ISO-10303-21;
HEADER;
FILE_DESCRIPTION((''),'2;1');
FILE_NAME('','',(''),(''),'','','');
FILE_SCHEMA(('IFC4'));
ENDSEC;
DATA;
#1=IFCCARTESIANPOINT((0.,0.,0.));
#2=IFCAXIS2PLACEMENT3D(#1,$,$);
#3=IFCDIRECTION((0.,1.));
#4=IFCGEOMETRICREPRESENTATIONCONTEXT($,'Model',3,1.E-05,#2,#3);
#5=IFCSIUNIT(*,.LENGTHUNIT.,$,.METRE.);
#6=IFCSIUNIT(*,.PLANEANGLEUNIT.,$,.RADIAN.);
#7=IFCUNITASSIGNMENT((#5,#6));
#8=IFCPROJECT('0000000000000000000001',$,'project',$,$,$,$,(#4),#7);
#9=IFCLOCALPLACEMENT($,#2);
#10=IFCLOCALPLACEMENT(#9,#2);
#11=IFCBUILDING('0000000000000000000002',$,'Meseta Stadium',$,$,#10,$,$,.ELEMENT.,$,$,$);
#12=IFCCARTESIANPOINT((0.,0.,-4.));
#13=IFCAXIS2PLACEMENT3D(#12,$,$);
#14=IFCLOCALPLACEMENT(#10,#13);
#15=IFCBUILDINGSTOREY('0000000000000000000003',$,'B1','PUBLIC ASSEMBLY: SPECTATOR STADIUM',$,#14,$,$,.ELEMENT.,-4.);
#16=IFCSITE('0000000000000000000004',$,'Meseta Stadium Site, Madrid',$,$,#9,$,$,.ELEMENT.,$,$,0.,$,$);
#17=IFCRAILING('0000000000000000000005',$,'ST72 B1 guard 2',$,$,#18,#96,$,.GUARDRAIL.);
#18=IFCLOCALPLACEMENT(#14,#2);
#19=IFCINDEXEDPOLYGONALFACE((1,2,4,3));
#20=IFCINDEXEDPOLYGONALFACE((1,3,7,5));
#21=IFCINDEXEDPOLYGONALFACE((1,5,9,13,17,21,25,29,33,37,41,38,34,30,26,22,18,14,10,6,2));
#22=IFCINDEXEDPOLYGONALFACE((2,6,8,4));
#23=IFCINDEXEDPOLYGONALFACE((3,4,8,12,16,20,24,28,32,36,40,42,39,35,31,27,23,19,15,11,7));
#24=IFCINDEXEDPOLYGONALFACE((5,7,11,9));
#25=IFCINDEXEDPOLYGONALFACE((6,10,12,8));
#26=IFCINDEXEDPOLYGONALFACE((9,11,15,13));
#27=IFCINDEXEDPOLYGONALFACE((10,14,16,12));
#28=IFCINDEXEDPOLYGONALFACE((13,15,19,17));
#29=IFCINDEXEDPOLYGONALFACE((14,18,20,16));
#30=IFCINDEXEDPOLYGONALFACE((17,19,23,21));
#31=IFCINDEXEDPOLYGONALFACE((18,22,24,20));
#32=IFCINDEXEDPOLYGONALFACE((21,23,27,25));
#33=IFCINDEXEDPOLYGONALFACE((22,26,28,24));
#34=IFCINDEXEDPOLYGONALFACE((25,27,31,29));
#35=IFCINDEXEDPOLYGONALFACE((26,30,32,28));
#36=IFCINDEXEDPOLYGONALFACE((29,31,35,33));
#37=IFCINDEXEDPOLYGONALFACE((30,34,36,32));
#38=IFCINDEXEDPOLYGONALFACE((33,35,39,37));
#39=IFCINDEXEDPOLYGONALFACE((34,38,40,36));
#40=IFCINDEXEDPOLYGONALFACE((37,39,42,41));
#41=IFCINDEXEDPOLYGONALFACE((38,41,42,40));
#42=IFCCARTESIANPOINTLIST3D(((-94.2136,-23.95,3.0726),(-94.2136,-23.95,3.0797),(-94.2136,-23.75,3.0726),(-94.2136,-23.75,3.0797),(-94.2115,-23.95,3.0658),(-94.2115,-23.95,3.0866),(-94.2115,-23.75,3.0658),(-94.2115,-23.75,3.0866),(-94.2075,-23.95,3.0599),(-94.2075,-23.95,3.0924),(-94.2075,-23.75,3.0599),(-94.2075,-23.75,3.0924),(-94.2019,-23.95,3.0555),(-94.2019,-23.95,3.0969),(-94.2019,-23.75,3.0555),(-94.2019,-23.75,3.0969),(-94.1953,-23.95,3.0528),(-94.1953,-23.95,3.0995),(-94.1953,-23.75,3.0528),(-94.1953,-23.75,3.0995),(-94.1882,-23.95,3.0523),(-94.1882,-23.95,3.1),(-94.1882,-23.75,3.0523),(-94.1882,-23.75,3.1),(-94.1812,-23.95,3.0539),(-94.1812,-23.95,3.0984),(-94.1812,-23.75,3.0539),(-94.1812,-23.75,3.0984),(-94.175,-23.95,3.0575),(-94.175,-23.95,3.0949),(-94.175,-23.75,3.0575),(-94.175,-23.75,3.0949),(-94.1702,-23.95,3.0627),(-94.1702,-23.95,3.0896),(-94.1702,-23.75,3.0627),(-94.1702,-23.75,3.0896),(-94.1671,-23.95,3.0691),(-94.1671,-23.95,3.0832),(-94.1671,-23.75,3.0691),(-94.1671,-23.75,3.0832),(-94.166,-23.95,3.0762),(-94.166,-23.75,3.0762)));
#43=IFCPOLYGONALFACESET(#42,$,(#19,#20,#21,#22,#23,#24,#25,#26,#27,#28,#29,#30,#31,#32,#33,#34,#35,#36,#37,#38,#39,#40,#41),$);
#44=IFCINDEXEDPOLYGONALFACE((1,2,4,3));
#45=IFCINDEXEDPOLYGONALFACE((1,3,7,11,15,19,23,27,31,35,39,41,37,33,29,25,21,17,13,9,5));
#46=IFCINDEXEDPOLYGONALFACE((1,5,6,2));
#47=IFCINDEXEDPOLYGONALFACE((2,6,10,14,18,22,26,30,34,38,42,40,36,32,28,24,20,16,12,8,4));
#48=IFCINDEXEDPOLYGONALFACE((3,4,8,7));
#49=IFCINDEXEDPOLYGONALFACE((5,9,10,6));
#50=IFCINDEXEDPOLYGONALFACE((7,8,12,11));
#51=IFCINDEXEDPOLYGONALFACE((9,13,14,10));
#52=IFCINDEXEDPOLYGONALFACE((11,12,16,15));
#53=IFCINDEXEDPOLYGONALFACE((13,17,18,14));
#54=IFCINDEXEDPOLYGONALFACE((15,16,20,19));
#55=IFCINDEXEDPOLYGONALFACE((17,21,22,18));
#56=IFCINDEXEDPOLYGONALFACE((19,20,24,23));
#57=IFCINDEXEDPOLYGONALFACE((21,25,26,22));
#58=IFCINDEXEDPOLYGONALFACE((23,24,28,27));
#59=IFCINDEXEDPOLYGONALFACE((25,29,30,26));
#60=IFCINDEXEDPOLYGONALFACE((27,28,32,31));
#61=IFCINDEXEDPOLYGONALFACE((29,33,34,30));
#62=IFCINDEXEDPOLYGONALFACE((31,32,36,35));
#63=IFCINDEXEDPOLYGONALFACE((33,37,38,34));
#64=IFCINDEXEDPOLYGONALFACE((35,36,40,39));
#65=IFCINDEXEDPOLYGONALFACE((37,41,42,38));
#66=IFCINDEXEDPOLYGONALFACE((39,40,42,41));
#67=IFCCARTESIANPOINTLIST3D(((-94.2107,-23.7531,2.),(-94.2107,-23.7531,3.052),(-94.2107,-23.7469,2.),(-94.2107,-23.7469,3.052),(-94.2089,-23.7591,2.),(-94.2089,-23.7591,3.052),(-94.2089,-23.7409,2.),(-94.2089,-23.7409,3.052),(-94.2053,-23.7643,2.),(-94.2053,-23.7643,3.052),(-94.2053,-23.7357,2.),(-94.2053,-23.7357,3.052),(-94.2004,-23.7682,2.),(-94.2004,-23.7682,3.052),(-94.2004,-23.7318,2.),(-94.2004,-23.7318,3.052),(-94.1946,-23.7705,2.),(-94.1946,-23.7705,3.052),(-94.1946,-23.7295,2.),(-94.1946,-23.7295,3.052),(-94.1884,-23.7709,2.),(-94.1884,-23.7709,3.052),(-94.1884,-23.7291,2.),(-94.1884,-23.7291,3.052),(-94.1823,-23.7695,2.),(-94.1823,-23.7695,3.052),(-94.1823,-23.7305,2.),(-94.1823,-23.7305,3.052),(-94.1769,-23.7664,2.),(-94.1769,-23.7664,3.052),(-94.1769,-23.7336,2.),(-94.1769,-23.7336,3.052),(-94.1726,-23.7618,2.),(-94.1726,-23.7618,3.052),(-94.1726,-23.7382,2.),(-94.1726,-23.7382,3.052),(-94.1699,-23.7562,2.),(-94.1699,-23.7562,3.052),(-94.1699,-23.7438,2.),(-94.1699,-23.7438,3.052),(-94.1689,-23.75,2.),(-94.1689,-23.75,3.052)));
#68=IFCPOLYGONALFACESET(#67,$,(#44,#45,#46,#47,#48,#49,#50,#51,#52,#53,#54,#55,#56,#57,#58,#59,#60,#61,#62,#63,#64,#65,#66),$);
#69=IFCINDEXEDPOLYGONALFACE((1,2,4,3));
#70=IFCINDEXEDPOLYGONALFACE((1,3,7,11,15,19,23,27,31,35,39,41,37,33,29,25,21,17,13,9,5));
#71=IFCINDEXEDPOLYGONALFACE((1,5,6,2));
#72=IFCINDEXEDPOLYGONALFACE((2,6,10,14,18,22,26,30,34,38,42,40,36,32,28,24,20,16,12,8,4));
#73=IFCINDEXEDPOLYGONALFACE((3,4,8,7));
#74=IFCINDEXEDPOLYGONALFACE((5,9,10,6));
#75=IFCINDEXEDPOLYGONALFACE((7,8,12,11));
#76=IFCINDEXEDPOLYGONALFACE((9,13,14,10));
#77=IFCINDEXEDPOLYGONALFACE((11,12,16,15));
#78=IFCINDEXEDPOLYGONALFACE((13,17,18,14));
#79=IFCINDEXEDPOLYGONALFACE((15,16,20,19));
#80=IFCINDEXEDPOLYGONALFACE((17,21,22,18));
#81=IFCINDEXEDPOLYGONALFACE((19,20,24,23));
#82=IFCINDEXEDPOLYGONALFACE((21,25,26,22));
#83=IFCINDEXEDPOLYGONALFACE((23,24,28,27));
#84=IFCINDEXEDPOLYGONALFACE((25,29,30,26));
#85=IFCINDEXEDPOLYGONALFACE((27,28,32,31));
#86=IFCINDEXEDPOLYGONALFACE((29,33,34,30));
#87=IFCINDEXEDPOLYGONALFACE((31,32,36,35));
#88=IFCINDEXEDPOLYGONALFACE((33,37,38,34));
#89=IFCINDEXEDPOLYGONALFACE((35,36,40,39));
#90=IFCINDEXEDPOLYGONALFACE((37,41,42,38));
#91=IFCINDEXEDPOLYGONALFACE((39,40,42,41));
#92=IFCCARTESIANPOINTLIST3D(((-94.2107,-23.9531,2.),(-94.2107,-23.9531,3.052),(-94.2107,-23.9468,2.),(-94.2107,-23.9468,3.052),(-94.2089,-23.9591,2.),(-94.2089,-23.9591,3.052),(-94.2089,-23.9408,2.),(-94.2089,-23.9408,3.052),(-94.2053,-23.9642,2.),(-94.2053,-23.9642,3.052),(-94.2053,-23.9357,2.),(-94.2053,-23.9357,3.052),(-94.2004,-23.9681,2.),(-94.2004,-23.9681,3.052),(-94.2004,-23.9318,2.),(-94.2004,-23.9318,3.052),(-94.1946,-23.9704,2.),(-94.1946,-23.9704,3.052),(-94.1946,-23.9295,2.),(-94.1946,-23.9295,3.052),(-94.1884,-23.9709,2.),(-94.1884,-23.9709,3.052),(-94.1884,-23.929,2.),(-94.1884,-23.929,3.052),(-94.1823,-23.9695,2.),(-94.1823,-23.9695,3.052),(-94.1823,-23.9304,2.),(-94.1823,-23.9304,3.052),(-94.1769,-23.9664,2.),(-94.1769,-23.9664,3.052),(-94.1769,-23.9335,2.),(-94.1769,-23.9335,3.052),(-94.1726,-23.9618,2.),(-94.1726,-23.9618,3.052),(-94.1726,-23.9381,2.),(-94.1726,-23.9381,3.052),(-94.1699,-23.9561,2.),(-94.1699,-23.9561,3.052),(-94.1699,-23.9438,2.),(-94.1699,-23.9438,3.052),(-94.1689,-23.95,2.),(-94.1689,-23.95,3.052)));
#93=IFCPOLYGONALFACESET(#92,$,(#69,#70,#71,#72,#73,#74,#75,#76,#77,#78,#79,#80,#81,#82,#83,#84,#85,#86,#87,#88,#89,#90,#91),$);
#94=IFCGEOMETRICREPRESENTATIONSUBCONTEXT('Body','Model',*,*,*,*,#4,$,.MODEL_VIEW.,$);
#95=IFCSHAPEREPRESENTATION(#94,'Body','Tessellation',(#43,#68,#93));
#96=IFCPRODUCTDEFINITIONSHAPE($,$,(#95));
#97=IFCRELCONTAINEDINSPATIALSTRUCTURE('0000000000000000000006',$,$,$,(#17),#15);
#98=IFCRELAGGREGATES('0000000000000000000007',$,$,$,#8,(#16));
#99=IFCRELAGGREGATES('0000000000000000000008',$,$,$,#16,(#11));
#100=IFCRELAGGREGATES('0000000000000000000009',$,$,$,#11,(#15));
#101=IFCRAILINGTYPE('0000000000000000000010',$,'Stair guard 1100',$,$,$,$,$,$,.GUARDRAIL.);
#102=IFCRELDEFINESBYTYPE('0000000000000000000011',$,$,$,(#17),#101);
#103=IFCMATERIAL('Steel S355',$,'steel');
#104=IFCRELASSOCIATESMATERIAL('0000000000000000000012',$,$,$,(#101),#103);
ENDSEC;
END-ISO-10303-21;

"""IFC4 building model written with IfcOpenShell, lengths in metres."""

from ifc_helpers import new_model, si_unit, direction, frame, origin, origin_2d, place, context, subcontext, project, spatial, circle, extrude, material, type_object, element, save


model = new_model("IFC4")

# Units and contexts
model_context = context("Model", 3, precision=1e-05, world=origin(), true_north=direction((0.0, 1.0)))
body_context = subcontext(model_context, "Body", "Model", "MODEL_VIEW")
ifc_project = project(units=[si_unit("LENGTHUNIT", "METRE"), si_unit("PLANEANGLEUNIT", "RADIAN")], contexts=[model_context])

# Site, building, storey
site_placement = place(None, origin())
site = spatial("IfcSite", under=ifc_project, at=site_placement, Name="Meseta Stadium Site, Madrid", CompositionType="ELEMENT", RefElevation=0.0)
building_placement = place(site_placement, origin())
building = spatial("IfcBuilding", under=site, at=building_placement, Name="Meseta Stadium", CompositionType="ELEMENT")
storey_placement = place(building_placement, frame((0.0, 0.0, -4.0)))
storey = spatial("IfcBuildingStorey", under=building, at=storey_placement, Name="B1", Description="PUBLIC ASSEMBLY: SPECTATOR STADIUM", CompositionType="ELEMENT", Elevation=-4.0)

# Railing
ifc_material_1 = material(Name="Steel S355", Category="steel")
railing_type_1 = type_object("IfcRailingType", Name="Stair guard 1100", PredefinedType="GUARDRAIL", material=ifc_material_1)
railing_1_placement = place(storey_placement, frame((-94.1899, -23.75, 2.0)))
element("IfcRailing", 1, at=railing_1_placement, inside=storey, type_object=railing_type_1, Name="ST72 B1 guard 2", PredefinedType="GUARDRAIL", context=body_context, shape_type="SweptSolid", body=[
    extrude(circle(Radius=0.0239, at=origin_2d()), frame((0.0, 0.0, 1.0762), z_axis=(0.0, -1.0, 0.0), x_axis=(1.0, 0.0, 0.0)), (0.0, 0.0, 1.0), 0.2),
    extrude(circle(Radius=0.021, at=origin_2d()), origin(), (0.0, 0.0, 1.0), 1.052),
    extrude(circle(Radius=0.021, at=origin_2d()), frame((0.0, -0.2, 0.0)), (0.0, 0.0, 1.0), 1.052),
])

save(model, "model.ifc")
